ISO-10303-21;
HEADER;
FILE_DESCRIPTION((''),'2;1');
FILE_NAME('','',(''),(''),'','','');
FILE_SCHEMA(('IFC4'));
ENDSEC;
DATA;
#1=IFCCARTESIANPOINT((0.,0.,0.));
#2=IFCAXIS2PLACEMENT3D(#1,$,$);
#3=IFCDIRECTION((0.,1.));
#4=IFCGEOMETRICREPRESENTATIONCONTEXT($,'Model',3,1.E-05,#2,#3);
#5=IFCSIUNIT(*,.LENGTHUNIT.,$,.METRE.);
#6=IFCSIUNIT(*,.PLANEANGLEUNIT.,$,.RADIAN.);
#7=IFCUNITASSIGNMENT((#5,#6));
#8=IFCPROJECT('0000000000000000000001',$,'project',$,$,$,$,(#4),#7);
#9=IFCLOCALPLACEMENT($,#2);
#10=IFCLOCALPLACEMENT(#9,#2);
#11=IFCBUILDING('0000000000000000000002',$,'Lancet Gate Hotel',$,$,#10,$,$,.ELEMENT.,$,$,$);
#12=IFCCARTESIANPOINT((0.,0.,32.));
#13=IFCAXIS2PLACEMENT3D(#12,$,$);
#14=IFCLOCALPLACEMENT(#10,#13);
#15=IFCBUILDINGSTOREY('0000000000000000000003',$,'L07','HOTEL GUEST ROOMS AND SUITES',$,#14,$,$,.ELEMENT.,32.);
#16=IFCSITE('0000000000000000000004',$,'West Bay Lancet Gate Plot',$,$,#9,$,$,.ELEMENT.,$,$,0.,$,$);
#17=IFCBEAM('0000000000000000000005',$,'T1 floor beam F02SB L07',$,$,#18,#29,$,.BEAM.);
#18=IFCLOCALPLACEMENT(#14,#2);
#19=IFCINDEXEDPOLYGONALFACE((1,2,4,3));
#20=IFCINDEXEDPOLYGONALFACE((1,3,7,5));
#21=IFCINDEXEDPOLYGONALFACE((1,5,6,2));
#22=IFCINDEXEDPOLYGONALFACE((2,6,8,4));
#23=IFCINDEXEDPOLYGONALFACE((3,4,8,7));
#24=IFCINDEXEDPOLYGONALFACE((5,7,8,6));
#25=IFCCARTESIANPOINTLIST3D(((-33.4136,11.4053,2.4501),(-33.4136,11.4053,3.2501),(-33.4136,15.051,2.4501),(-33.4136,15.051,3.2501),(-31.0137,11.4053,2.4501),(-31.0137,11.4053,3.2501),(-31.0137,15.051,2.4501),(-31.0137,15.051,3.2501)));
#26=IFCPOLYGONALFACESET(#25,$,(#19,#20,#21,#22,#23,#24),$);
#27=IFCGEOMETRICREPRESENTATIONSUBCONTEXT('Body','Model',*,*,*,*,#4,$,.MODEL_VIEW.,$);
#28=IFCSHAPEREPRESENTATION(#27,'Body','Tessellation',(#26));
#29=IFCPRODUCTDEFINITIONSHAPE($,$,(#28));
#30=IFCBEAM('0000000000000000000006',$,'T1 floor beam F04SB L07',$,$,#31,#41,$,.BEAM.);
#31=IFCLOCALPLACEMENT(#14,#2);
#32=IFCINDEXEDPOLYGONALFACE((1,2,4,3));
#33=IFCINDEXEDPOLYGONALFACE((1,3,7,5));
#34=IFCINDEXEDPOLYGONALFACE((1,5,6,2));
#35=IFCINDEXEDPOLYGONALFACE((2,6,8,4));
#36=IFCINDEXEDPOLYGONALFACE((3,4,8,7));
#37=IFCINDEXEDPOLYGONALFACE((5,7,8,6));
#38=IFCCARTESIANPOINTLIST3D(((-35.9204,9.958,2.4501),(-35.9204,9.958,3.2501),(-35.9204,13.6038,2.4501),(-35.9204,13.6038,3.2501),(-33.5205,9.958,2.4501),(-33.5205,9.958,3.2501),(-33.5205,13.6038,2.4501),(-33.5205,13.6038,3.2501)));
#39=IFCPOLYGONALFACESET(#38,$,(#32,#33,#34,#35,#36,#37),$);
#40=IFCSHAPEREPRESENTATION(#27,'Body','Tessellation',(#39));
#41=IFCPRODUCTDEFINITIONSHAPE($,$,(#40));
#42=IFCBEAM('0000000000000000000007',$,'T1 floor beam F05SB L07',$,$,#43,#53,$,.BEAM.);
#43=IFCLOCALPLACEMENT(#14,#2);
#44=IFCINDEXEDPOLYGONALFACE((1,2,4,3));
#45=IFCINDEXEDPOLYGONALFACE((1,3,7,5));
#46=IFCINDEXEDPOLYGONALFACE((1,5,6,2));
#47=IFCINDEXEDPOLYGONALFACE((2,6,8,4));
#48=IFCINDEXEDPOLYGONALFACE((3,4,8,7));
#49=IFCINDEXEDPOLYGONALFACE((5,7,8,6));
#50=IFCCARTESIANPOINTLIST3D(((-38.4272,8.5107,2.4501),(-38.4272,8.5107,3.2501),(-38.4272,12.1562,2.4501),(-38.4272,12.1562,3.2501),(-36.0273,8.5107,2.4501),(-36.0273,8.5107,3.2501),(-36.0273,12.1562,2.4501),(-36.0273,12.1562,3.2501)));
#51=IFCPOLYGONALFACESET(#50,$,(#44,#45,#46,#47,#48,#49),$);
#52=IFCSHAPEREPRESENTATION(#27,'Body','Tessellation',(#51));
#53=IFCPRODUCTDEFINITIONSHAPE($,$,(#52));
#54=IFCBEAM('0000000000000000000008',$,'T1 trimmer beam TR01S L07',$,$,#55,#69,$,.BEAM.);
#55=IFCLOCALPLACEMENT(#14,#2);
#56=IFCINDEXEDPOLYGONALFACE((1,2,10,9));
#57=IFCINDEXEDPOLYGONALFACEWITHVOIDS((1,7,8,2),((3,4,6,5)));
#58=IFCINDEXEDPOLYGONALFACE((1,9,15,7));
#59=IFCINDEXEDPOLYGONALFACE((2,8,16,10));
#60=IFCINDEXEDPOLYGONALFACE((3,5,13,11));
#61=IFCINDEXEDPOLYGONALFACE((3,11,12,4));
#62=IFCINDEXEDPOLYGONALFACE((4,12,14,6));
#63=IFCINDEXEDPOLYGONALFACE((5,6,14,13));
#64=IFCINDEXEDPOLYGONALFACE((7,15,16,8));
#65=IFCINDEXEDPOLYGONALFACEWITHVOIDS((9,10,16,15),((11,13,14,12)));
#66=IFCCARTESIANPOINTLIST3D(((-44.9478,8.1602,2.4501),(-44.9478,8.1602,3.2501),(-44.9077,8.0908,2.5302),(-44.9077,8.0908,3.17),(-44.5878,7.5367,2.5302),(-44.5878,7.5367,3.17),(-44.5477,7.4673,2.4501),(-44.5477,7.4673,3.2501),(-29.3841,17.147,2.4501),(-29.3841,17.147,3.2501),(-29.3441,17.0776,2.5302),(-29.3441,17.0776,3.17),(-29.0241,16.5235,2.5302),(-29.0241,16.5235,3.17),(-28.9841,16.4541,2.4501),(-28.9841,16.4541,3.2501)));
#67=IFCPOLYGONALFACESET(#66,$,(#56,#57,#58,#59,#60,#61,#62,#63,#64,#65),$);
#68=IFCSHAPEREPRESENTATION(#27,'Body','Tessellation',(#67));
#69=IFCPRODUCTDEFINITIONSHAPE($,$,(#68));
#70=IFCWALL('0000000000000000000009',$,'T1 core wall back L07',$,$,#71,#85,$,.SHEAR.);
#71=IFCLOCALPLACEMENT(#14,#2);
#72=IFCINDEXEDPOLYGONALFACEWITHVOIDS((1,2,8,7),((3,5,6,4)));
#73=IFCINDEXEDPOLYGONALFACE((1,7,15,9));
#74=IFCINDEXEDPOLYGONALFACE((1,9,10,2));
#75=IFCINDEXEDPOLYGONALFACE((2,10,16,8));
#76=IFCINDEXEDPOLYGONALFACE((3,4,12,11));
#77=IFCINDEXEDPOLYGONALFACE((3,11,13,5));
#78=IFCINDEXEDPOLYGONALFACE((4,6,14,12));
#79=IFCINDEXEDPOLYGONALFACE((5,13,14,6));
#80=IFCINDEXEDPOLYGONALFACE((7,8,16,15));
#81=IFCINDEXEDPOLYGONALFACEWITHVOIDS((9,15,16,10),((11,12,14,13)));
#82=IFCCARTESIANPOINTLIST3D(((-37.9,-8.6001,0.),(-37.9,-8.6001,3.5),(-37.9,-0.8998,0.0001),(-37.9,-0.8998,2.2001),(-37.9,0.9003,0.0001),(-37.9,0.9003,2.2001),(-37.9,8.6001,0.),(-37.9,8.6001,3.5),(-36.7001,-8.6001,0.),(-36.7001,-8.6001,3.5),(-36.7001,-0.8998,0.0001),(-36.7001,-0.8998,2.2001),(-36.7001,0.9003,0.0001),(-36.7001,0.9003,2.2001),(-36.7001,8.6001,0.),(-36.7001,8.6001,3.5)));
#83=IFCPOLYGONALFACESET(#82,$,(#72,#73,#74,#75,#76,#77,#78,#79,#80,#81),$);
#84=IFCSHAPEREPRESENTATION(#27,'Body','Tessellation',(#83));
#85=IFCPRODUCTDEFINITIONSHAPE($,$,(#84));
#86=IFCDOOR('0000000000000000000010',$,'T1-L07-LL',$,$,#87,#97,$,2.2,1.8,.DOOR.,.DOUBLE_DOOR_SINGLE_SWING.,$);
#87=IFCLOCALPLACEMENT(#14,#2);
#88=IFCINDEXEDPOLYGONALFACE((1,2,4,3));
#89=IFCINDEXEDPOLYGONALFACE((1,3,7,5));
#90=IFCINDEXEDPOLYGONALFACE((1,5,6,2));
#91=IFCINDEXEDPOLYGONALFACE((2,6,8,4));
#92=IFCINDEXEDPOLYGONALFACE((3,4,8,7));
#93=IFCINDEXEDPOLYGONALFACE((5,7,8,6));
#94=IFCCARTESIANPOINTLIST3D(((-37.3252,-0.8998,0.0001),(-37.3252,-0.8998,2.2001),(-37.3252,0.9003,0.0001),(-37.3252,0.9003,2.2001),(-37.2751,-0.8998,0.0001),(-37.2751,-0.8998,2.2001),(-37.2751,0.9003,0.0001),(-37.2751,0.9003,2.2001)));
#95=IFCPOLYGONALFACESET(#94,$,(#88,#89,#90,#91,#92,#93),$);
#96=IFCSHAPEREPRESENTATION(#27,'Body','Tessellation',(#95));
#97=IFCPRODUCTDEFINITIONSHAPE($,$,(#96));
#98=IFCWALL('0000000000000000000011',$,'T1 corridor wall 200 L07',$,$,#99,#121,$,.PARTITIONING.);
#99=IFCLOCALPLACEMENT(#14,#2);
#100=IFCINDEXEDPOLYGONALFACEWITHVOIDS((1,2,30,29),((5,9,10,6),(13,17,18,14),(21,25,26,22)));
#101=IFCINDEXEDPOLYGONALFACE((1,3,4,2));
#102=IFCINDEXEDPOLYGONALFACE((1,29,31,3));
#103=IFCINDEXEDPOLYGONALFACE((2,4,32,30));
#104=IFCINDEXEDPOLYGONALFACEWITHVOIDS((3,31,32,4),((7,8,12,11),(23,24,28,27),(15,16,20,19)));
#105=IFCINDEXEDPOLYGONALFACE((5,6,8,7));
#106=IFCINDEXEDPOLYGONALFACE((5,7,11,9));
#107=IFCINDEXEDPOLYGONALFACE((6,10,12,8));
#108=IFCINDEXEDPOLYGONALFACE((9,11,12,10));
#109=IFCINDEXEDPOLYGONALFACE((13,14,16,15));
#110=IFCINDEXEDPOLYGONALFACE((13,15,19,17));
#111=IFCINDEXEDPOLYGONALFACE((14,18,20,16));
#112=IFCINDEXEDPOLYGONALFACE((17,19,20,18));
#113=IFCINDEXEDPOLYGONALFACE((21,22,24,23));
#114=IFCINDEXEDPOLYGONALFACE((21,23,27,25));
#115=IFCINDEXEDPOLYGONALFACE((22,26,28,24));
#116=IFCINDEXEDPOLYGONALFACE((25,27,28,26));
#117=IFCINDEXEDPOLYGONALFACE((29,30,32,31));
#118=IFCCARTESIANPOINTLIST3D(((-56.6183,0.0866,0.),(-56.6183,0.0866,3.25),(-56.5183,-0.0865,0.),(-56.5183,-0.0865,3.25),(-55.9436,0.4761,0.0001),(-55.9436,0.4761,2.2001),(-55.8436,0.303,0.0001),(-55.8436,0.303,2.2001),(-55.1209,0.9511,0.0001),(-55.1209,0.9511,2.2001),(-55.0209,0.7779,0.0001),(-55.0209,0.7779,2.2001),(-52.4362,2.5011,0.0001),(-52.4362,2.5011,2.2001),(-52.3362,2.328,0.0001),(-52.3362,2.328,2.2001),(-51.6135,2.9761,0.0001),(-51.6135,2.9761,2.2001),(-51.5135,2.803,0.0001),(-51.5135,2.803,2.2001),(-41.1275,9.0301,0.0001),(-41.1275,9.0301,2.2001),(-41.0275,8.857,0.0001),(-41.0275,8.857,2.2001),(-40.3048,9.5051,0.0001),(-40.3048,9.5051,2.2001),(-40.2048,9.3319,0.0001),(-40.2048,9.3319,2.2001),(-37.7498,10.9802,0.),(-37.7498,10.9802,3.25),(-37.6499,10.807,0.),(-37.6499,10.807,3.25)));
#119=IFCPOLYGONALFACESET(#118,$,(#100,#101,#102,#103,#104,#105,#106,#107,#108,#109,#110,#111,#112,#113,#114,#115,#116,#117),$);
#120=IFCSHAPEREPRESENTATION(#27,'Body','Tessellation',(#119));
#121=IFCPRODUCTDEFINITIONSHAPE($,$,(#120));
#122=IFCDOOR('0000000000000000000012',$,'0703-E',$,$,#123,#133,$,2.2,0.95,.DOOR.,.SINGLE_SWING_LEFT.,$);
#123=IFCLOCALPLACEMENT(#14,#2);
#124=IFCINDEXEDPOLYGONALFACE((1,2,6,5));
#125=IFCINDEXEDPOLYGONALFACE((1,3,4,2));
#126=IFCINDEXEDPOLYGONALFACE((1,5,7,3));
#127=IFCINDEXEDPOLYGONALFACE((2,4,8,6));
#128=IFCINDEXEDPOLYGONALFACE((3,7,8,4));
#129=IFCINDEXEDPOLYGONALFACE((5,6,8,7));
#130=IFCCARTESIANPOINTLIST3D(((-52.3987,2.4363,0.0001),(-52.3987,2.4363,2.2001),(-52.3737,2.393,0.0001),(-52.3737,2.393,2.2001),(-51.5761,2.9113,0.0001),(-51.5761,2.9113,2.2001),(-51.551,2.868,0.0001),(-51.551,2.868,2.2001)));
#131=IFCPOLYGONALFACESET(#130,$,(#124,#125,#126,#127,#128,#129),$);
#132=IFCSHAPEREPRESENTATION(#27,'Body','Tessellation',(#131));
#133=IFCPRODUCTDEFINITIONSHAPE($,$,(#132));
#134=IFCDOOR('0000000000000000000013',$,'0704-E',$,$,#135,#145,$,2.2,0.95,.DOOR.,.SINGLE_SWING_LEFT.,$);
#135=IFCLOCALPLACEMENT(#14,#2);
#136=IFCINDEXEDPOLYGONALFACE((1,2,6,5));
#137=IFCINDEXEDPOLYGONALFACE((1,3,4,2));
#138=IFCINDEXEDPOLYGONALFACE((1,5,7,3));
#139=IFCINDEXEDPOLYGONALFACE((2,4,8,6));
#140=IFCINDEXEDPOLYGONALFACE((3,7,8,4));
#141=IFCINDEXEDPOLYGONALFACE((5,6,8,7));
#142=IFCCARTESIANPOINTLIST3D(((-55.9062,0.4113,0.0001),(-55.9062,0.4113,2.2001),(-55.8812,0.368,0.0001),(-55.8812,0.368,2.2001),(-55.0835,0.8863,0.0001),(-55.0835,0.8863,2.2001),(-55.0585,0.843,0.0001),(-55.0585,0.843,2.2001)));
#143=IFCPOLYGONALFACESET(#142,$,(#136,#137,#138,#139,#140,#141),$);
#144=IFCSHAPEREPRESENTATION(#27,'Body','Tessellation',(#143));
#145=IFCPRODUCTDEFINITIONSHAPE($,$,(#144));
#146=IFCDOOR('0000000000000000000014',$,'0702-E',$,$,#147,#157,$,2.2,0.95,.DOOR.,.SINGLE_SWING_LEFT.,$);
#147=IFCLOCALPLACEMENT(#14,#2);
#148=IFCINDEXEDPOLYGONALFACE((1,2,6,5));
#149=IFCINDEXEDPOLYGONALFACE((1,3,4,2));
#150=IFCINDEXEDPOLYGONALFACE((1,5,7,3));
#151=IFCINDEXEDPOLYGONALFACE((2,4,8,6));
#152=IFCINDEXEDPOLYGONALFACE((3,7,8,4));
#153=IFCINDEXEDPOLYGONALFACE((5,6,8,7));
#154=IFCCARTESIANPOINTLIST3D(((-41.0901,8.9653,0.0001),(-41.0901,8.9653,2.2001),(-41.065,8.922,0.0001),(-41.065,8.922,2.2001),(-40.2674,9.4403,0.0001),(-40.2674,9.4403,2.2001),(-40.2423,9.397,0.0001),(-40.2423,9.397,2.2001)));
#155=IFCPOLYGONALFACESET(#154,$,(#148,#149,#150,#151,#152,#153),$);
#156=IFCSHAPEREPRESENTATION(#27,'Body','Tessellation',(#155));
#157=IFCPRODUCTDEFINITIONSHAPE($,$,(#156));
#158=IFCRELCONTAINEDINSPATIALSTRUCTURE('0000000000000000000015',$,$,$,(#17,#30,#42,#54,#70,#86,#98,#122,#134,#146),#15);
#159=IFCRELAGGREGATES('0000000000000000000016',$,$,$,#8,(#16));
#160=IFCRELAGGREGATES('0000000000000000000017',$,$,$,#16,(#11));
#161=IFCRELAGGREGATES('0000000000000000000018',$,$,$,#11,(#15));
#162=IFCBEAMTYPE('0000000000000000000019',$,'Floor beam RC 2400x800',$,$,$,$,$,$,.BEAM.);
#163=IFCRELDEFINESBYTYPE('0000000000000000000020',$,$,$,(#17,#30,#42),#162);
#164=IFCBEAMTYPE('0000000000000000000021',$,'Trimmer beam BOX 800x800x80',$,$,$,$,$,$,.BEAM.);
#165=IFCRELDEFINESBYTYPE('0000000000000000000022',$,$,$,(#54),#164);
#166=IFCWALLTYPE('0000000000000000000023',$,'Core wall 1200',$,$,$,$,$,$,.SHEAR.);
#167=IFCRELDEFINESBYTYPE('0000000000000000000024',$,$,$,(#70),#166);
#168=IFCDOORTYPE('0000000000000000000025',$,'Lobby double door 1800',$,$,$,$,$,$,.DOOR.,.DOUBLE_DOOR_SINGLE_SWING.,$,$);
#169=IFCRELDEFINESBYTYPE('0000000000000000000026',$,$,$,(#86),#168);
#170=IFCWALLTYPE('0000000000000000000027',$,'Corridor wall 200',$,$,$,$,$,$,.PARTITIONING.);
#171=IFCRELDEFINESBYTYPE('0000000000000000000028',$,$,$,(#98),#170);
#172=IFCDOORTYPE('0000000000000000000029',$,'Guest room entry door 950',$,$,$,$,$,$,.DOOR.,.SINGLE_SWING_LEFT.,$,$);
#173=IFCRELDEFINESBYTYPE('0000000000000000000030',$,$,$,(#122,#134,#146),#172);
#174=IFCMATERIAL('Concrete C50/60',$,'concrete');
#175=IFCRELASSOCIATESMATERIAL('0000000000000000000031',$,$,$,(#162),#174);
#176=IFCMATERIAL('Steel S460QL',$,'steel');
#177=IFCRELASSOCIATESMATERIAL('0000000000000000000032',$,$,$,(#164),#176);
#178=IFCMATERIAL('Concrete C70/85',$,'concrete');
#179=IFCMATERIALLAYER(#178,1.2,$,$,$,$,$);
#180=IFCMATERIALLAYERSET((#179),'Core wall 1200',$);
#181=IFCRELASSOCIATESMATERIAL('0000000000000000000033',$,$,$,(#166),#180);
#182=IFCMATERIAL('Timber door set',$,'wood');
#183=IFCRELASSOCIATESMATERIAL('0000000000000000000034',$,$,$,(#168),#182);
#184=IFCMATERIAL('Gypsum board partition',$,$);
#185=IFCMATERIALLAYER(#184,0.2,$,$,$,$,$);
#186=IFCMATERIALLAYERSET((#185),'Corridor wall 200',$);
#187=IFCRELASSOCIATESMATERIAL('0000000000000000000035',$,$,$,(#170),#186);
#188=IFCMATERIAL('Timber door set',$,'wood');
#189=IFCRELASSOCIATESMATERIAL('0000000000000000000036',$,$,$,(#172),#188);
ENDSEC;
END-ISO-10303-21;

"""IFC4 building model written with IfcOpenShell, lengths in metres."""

from ifc_helpers import new_model, si_unit, direction, frame, frame_2d, origin, origin_2d, place, context, subcontext, project, spatial, rectangle, hollow_rectangle, extrude, material, layer, layer_set, material_profile, profile_set, type_object, element, fill, save


model = new_model("IFC4")

# Units and contexts
model_context = context("Model", 3, precision=1e-05, world=origin(), true_north=direction((0.0, 1.0)))
body_context = subcontext(model_context, "Body", "Model", "MODEL_VIEW")
ifc_project = project(units=[si_unit("LENGTHUNIT", "METRE"), si_unit("PLANEANGLEUNIT", "RADIAN")], contexts=[model_context])

# Site, building, storey
site_placement = place(None, origin())
site = spatial("IfcSite", under=ifc_project, at=site_placement, Name="West Bay Lancet Gate Plot", CompositionType="ELEMENT", RefElevation=0.0)
building_placement = place(site_placement, origin())
building = spatial("IfcBuilding", under=site, at=building_placement, Name="Lancet Gate Hotel", CompositionType="ELEMENT")
storey_placement = place(building_placement, frame((0.0, 0.0, 32.0)))
storey = spatial("IfcBuildingStorey", under=building, at=storey_placement, Name="L07", Description="HOTEL GUEST ROOMS AND SUITES", CompositionType="ELEMENT", Elevation=32.0)

# Beams
ifc_material_1 = material(Name="Concrete C50/60", Category="concrete")
ifc_material_profile_1 = material_profile(ifc_material_1, rectangle(XDim=2.3999, YDim=0.8, at=origin_2d()), Name="RC 2400x800")
ifc_profile_set_1 = profile_set([ifc_material_profile_1], Name="Concrete C50/60")
beam_type_1 = type_object("IfcBeamType", Name="Floor beam RC 2400x800", PredefinedType="BEAM", material=ifc_profile_set_1)
for number, where, z_axis, x_axis, name in (
    (1, (-32.2136, 15.051, 2.8501), (0.0, -1.0, 0.0), (1.0, 0.0, 0.0), "T1 floor beam F02SB L07"),
    (2, (-34.7205, 13.6038, 2.8501), (0.0, -1.0, 0.0), (1.0, 0.0, 0.0), "T1 floor beam F04SB L07"),
):
    element("IfcBeam", number, at=place(storey_placement, frame(where, z_axis=z_axis, x_axis=x_axis)), inside=storey, type_object=beam_type_1, Name=name, PredefinedType="BEAM", context=body_context, shape_type="SweptSolid", body=[
        extrude(rectangle(XDim=2.3999, YDim=0.8, at=origin_2d()), origin(), (0.0, 0.0, 1.0), 3.6458),
    ])
beam_1_placement = place(storey_placement, frame((-37.2273, 12.1562, 2.8501), z_axis=(0.0, -1.0, 0.0), x_axis=(1.0, 0.0, 0.0)))
element("IfcBeam", 3, at=beam_1_placement, inside=storey, type_object=beam_type_1, Name="T1 floor beam F05SB L07", PredefinedType="BEAM", context=body_context, shape_type="SweptSolid", body=[
    extrude(rectangle(XDim=2.3999, YDim=0.8, at=origin_2d()), origin(), (0.0, 0.0, 1.0), 3.6455),
])
ifc_material_2 = material(Name="Steel S460QL", Category="steel")
ifc_material_profile_2 = material_profile(ifc_material_2, hollow_rectangle(XDim=0.8, YDim=0.8, WallThickness=0.0801, at=origin_2d()), Name="BOX 800x800x80")
ifc_profile_set_2 = profile_set([ifc_material_profile_2], Name="Steel S460QL")
beam_type_2 = type_object("IfcBeamType", Name="Trimmer beam BOX 800x800x80", PredefinedType="BEAM", material=ifc_profile_set_2)
beam_2_placement = place(storey_placement, frame((-29.1841, 16.8005, 2.8501), z_axis=(-0.865999, -0.500046, 0.0), x_axis=(0.500046, -0.865999, 0.0)))
element("IfcBeam", 4, at=beam_2_placement, inside=storey, type_object=beam_type_2, Name="T1 trimmer beam TR01S L07", PredefinedType="BEAM", context=body_context, shape_type="SweptSolid", body=[
    extrude(hollow_rectangle(XDim=0.8, YDim=0.8, WallThickness=0.0801, at=origin_2d()), origin(), (0.0, 0.0, 1.0), 17.9719),
])

# Wall, opening, door
ifc_material_3 = material(Name="Concrete C70/85", Category="concrete")
ifc_layer_1 = layer(ifc_material_3, 1.2)
ifc_layer_set_1 = layer_set([ifc_layer_1], Name="Core wall 1200")
wall_type_1 = type_object("IfcWallType", Name="Core wall 1200", PredefinedType="SHEAR", material=ifc_layer_set_1)
wall_1_placement = place(storey_placement, frame((-37.3, 8.6001, 0.0), z_axis=(0.0, 0.0, 1.0), x_axis=(0.0, -1.0, 0.0)))
wall_1 = element("IfcWall", 5, at=wall_1_placement, inside=storey, type_object=wall_type_1, Name="T1 core wall back L07", PredefinedType="SHEAR", context=body_context, shape_type="SweptSolid", body=[
    extrude(rectangle(XDim=17.2002, YDim=1.2, at=frame_2d((8.6001, 0.0))), origin(), (0.0, 0.0, 1.0), 3.5),
])
opening_1_placement = place(wall_1_placement, frame((7.7, 0.0, 0.0)))
opening_1 = element("IfcOpeningElement", 6, at=opening_1_placement, cuts=wall_1, PredefinedType="OPENING", context=body_context, shape_type="SweptSolid", body=[
    extrude(rectangle(XDim=1.8, YDim=2.2, at=frame_2d((0.8999, 1.1001))), frame((0.0, 0.6099, 0.0), z_axis=(0.0, -1.0, 0.0), x_axis=(1.0, 0.0, 0.0)), (0.0, 0.0, 1.0), 1.22),
])
ifc_material_4 = material(Name="Timber door set", Category="wood")
door_type_1 = type_object("IfcDoorType", Name="Lobby double door 1800", OperationType="DOUBLE_DOOR_SINGLE_SWING", PredefinedType="DOOR", material=ifc_material_4)
door_1_placement = place(opening_1_placement, origin())
door_1 = element("IfcDoor", 7, at=door_1_placement, inside=storey, type_object=door_type_1, Name="T1-L07-LL", OperationType="DOUBLE_DOOR_SINGLE_SWING", OverallHeight=2.2, OverallWidth=1.8, PredefinedType="DOOR", context=body_context, shape_type="SweptSolid", body=[
    extrude(rectangle(XDim=1.8, YDim=2.2, at=frame_2d((0.8999, 1.1001))), frame((0.0, 0.0249, 0.0), z_axis=(0.0, -1.0, 0.0), x_axis=(1.0, 0.0, 0.0)), (0.0, 0.0, 1.0), 0.05),
])
fill(opening_1, door_1)

# Wall, openings, doors
ifc_material_5 = material(Name="Gypsum board partition")
ifc_layer_2 = layer(ifc_material_5, 0.2)
ifc_layer_set_2 = layer_set([ifc_layer_2], Name="Corridor wall 200")
wall_type_2 = type_object("IfcWallType", Name="Corridor wall 200", PredefinedType="PARTITIONING", material=ifc_layer_set_2)
wall_2_placement = place(storey_placement, frame((-37.7, 10.8936, 0.0), z_axis=(0.0, 0.0, 1.0), x_axis=(-0.866028, -0.499996, 0.0)))
wall_2 = element("IfcWall", 8, at=wall_2_placement, inside=storey, type_object=wall_type_2, Name="T1 corridor wall 200 L07", PredefinedType="PARTITIONING", context=body_context, shape_type="SweptSolid", body=[
    extrude(rectangle(XDim=21.7874, YDim=0.2, at=frame_2d((10.8936, 0.0))), origin(), (0.0, 0.0, 1.0), 3.25),
])
opening_2_placement = place(wall_2_placement, frame((16.0081, 0.0, 0.0)))
opening_2 = element("IfcOpeningElement", 9, at=opening_2_placement, cuts=wall_2, PredefinedType="OPENING", context=body_context, shape_type="SweptSolid", body=[
    extrude(rectangle(XDim=0.95, YDim=2.2, at=frame_2d((0.4751, 1.1001))), frame((0.0, 0.1099, 0.0), z_axis=(0.0, -1.0, 0.0), x_axis=(1.0, 0.0, 0.0)), (0.0, 0.0, 1.0), 0.22),
])
opening_3_placement = place(wall_2_placement, frame((20.0581, 0.0, 0.0)))
opening_3 = element("IfcOpeningElement", 10, at=opening_3_placement, cuts=wall_2, PredefinedType="OPENING", context=body_context, shape_type="SweptSolid", body=[
    extrude(rectangle(XDim=0.95, YDim=2.2, at=frame_2d((0.4751, 1.1001))), frame((0.0, 0.1099, 0.0), z_axis=(0.0, -1.0, 0.0), x_axis=(1.0, 0.0, 0.0)), (0.0, 0.0, 1.0), 0.22),
])
opening_4_placement = place(wall_2_placement, frame((2.95, 0.0, 0.0)))
opening_4 = element("IfcOpeningElement", 11, at=opening_4_placement, cuts=wall_2, PredefinedType="OPENING", context=body_context, shape_type="SweptSolid", body=[
    extrude(rectangle(XDim=0.95, YDim=2.2, at=frame_2d((0.4751, 1.1001))), frame((0.0, 0.1099, 0.0), z_axis=(0.0, -1.0, 0.0), x_axis=(1.0, 0.0, 0.0)), (0.0, 0.0, 1.0), 0.22),
])
ifc_material_6 = material(Name="Timber door set", Category="wood")
door_type_2 = type_object("IfcDoorType", Name="Guest room entry door 950", OperationType="SINGLE_SWING_LEFT", PredefinedType="DOOR", material=ifc_material_6)
door_2_placement = place(opening_2_placement, origin())
door_2 = element("IfcDoor", 12, at=door_2_placement, inside=storey, type_object=door_type_2, Name="0703-E", OperationType="SINGLE_SWING_LEFT", OverallHeight=2.2, OverallWidth=0.95, PredefinedType="DOOR", context=body_context, shape_type="SweptSolid", body=[
    extrude(rectangle(XDim=0.95, YDim=2.2, at=frame_2d((0.4751, 1.1001))), frame((0.0, 0.0249, 0.0), z_axis=(0.0, -1.0, 0.0), x_axis=(1.0, 0.0, 0.0)), (0.0, 0.0, 1.0), 0.05),
])
fill(opening_2, door_2)
door_3_placement = place(opening_3_placement, origin())
door_3 = element("IfcDoor", 13, at=door_3_placement, inside=storey, type_object=door_type_2, Name="0704-E", OperationType="SINGLE_SWING_LEFT", OverallHeight=2.2, OverallWidth=0.95, PredefinedType="DOOR", context=body_context, shape_type="SweptSolid", body=[
    extrude(rectangle(XDim=0.95, YDim=2.2, at=frame_2d((0.4751, 1.1001))), frame((0.0, 0.0249, 0.0), z_axis=(0.0, -1.0, 0.0), x_axis=(1.0, 0.0, 0.0)), (0.0, 0.0, 1.0), 0.05),
])
fill(opening_3, door_3)
door_4_placement = place(opening_4_placement, origin())
door_4 = element("IfcDoor", 14, at=door_4_placement, inside=storey, type_object=door_type_2, Name="0702-E", OperationType="SINGLE_SWING_LEFT", OverallHeight=2.2, OverallWidth=0.95, PredefinedType="DOOR", context=body_context, shape_type="SweptSolid", body=[
    extrude(rectangle(XDim=0.95, YDim=2.2, at=frame_2d((0.4751, 1.1001))), frame((0.0, 0.0249, 0.0), z_axis=(0.0, -1.0, 0.0), x_axis=(1.0, 0.0, 0.0)), (0.0, 0.0, 1.0), 0.05),
])
fill(opening_4, door_4)

save(model, "model.ifc")
